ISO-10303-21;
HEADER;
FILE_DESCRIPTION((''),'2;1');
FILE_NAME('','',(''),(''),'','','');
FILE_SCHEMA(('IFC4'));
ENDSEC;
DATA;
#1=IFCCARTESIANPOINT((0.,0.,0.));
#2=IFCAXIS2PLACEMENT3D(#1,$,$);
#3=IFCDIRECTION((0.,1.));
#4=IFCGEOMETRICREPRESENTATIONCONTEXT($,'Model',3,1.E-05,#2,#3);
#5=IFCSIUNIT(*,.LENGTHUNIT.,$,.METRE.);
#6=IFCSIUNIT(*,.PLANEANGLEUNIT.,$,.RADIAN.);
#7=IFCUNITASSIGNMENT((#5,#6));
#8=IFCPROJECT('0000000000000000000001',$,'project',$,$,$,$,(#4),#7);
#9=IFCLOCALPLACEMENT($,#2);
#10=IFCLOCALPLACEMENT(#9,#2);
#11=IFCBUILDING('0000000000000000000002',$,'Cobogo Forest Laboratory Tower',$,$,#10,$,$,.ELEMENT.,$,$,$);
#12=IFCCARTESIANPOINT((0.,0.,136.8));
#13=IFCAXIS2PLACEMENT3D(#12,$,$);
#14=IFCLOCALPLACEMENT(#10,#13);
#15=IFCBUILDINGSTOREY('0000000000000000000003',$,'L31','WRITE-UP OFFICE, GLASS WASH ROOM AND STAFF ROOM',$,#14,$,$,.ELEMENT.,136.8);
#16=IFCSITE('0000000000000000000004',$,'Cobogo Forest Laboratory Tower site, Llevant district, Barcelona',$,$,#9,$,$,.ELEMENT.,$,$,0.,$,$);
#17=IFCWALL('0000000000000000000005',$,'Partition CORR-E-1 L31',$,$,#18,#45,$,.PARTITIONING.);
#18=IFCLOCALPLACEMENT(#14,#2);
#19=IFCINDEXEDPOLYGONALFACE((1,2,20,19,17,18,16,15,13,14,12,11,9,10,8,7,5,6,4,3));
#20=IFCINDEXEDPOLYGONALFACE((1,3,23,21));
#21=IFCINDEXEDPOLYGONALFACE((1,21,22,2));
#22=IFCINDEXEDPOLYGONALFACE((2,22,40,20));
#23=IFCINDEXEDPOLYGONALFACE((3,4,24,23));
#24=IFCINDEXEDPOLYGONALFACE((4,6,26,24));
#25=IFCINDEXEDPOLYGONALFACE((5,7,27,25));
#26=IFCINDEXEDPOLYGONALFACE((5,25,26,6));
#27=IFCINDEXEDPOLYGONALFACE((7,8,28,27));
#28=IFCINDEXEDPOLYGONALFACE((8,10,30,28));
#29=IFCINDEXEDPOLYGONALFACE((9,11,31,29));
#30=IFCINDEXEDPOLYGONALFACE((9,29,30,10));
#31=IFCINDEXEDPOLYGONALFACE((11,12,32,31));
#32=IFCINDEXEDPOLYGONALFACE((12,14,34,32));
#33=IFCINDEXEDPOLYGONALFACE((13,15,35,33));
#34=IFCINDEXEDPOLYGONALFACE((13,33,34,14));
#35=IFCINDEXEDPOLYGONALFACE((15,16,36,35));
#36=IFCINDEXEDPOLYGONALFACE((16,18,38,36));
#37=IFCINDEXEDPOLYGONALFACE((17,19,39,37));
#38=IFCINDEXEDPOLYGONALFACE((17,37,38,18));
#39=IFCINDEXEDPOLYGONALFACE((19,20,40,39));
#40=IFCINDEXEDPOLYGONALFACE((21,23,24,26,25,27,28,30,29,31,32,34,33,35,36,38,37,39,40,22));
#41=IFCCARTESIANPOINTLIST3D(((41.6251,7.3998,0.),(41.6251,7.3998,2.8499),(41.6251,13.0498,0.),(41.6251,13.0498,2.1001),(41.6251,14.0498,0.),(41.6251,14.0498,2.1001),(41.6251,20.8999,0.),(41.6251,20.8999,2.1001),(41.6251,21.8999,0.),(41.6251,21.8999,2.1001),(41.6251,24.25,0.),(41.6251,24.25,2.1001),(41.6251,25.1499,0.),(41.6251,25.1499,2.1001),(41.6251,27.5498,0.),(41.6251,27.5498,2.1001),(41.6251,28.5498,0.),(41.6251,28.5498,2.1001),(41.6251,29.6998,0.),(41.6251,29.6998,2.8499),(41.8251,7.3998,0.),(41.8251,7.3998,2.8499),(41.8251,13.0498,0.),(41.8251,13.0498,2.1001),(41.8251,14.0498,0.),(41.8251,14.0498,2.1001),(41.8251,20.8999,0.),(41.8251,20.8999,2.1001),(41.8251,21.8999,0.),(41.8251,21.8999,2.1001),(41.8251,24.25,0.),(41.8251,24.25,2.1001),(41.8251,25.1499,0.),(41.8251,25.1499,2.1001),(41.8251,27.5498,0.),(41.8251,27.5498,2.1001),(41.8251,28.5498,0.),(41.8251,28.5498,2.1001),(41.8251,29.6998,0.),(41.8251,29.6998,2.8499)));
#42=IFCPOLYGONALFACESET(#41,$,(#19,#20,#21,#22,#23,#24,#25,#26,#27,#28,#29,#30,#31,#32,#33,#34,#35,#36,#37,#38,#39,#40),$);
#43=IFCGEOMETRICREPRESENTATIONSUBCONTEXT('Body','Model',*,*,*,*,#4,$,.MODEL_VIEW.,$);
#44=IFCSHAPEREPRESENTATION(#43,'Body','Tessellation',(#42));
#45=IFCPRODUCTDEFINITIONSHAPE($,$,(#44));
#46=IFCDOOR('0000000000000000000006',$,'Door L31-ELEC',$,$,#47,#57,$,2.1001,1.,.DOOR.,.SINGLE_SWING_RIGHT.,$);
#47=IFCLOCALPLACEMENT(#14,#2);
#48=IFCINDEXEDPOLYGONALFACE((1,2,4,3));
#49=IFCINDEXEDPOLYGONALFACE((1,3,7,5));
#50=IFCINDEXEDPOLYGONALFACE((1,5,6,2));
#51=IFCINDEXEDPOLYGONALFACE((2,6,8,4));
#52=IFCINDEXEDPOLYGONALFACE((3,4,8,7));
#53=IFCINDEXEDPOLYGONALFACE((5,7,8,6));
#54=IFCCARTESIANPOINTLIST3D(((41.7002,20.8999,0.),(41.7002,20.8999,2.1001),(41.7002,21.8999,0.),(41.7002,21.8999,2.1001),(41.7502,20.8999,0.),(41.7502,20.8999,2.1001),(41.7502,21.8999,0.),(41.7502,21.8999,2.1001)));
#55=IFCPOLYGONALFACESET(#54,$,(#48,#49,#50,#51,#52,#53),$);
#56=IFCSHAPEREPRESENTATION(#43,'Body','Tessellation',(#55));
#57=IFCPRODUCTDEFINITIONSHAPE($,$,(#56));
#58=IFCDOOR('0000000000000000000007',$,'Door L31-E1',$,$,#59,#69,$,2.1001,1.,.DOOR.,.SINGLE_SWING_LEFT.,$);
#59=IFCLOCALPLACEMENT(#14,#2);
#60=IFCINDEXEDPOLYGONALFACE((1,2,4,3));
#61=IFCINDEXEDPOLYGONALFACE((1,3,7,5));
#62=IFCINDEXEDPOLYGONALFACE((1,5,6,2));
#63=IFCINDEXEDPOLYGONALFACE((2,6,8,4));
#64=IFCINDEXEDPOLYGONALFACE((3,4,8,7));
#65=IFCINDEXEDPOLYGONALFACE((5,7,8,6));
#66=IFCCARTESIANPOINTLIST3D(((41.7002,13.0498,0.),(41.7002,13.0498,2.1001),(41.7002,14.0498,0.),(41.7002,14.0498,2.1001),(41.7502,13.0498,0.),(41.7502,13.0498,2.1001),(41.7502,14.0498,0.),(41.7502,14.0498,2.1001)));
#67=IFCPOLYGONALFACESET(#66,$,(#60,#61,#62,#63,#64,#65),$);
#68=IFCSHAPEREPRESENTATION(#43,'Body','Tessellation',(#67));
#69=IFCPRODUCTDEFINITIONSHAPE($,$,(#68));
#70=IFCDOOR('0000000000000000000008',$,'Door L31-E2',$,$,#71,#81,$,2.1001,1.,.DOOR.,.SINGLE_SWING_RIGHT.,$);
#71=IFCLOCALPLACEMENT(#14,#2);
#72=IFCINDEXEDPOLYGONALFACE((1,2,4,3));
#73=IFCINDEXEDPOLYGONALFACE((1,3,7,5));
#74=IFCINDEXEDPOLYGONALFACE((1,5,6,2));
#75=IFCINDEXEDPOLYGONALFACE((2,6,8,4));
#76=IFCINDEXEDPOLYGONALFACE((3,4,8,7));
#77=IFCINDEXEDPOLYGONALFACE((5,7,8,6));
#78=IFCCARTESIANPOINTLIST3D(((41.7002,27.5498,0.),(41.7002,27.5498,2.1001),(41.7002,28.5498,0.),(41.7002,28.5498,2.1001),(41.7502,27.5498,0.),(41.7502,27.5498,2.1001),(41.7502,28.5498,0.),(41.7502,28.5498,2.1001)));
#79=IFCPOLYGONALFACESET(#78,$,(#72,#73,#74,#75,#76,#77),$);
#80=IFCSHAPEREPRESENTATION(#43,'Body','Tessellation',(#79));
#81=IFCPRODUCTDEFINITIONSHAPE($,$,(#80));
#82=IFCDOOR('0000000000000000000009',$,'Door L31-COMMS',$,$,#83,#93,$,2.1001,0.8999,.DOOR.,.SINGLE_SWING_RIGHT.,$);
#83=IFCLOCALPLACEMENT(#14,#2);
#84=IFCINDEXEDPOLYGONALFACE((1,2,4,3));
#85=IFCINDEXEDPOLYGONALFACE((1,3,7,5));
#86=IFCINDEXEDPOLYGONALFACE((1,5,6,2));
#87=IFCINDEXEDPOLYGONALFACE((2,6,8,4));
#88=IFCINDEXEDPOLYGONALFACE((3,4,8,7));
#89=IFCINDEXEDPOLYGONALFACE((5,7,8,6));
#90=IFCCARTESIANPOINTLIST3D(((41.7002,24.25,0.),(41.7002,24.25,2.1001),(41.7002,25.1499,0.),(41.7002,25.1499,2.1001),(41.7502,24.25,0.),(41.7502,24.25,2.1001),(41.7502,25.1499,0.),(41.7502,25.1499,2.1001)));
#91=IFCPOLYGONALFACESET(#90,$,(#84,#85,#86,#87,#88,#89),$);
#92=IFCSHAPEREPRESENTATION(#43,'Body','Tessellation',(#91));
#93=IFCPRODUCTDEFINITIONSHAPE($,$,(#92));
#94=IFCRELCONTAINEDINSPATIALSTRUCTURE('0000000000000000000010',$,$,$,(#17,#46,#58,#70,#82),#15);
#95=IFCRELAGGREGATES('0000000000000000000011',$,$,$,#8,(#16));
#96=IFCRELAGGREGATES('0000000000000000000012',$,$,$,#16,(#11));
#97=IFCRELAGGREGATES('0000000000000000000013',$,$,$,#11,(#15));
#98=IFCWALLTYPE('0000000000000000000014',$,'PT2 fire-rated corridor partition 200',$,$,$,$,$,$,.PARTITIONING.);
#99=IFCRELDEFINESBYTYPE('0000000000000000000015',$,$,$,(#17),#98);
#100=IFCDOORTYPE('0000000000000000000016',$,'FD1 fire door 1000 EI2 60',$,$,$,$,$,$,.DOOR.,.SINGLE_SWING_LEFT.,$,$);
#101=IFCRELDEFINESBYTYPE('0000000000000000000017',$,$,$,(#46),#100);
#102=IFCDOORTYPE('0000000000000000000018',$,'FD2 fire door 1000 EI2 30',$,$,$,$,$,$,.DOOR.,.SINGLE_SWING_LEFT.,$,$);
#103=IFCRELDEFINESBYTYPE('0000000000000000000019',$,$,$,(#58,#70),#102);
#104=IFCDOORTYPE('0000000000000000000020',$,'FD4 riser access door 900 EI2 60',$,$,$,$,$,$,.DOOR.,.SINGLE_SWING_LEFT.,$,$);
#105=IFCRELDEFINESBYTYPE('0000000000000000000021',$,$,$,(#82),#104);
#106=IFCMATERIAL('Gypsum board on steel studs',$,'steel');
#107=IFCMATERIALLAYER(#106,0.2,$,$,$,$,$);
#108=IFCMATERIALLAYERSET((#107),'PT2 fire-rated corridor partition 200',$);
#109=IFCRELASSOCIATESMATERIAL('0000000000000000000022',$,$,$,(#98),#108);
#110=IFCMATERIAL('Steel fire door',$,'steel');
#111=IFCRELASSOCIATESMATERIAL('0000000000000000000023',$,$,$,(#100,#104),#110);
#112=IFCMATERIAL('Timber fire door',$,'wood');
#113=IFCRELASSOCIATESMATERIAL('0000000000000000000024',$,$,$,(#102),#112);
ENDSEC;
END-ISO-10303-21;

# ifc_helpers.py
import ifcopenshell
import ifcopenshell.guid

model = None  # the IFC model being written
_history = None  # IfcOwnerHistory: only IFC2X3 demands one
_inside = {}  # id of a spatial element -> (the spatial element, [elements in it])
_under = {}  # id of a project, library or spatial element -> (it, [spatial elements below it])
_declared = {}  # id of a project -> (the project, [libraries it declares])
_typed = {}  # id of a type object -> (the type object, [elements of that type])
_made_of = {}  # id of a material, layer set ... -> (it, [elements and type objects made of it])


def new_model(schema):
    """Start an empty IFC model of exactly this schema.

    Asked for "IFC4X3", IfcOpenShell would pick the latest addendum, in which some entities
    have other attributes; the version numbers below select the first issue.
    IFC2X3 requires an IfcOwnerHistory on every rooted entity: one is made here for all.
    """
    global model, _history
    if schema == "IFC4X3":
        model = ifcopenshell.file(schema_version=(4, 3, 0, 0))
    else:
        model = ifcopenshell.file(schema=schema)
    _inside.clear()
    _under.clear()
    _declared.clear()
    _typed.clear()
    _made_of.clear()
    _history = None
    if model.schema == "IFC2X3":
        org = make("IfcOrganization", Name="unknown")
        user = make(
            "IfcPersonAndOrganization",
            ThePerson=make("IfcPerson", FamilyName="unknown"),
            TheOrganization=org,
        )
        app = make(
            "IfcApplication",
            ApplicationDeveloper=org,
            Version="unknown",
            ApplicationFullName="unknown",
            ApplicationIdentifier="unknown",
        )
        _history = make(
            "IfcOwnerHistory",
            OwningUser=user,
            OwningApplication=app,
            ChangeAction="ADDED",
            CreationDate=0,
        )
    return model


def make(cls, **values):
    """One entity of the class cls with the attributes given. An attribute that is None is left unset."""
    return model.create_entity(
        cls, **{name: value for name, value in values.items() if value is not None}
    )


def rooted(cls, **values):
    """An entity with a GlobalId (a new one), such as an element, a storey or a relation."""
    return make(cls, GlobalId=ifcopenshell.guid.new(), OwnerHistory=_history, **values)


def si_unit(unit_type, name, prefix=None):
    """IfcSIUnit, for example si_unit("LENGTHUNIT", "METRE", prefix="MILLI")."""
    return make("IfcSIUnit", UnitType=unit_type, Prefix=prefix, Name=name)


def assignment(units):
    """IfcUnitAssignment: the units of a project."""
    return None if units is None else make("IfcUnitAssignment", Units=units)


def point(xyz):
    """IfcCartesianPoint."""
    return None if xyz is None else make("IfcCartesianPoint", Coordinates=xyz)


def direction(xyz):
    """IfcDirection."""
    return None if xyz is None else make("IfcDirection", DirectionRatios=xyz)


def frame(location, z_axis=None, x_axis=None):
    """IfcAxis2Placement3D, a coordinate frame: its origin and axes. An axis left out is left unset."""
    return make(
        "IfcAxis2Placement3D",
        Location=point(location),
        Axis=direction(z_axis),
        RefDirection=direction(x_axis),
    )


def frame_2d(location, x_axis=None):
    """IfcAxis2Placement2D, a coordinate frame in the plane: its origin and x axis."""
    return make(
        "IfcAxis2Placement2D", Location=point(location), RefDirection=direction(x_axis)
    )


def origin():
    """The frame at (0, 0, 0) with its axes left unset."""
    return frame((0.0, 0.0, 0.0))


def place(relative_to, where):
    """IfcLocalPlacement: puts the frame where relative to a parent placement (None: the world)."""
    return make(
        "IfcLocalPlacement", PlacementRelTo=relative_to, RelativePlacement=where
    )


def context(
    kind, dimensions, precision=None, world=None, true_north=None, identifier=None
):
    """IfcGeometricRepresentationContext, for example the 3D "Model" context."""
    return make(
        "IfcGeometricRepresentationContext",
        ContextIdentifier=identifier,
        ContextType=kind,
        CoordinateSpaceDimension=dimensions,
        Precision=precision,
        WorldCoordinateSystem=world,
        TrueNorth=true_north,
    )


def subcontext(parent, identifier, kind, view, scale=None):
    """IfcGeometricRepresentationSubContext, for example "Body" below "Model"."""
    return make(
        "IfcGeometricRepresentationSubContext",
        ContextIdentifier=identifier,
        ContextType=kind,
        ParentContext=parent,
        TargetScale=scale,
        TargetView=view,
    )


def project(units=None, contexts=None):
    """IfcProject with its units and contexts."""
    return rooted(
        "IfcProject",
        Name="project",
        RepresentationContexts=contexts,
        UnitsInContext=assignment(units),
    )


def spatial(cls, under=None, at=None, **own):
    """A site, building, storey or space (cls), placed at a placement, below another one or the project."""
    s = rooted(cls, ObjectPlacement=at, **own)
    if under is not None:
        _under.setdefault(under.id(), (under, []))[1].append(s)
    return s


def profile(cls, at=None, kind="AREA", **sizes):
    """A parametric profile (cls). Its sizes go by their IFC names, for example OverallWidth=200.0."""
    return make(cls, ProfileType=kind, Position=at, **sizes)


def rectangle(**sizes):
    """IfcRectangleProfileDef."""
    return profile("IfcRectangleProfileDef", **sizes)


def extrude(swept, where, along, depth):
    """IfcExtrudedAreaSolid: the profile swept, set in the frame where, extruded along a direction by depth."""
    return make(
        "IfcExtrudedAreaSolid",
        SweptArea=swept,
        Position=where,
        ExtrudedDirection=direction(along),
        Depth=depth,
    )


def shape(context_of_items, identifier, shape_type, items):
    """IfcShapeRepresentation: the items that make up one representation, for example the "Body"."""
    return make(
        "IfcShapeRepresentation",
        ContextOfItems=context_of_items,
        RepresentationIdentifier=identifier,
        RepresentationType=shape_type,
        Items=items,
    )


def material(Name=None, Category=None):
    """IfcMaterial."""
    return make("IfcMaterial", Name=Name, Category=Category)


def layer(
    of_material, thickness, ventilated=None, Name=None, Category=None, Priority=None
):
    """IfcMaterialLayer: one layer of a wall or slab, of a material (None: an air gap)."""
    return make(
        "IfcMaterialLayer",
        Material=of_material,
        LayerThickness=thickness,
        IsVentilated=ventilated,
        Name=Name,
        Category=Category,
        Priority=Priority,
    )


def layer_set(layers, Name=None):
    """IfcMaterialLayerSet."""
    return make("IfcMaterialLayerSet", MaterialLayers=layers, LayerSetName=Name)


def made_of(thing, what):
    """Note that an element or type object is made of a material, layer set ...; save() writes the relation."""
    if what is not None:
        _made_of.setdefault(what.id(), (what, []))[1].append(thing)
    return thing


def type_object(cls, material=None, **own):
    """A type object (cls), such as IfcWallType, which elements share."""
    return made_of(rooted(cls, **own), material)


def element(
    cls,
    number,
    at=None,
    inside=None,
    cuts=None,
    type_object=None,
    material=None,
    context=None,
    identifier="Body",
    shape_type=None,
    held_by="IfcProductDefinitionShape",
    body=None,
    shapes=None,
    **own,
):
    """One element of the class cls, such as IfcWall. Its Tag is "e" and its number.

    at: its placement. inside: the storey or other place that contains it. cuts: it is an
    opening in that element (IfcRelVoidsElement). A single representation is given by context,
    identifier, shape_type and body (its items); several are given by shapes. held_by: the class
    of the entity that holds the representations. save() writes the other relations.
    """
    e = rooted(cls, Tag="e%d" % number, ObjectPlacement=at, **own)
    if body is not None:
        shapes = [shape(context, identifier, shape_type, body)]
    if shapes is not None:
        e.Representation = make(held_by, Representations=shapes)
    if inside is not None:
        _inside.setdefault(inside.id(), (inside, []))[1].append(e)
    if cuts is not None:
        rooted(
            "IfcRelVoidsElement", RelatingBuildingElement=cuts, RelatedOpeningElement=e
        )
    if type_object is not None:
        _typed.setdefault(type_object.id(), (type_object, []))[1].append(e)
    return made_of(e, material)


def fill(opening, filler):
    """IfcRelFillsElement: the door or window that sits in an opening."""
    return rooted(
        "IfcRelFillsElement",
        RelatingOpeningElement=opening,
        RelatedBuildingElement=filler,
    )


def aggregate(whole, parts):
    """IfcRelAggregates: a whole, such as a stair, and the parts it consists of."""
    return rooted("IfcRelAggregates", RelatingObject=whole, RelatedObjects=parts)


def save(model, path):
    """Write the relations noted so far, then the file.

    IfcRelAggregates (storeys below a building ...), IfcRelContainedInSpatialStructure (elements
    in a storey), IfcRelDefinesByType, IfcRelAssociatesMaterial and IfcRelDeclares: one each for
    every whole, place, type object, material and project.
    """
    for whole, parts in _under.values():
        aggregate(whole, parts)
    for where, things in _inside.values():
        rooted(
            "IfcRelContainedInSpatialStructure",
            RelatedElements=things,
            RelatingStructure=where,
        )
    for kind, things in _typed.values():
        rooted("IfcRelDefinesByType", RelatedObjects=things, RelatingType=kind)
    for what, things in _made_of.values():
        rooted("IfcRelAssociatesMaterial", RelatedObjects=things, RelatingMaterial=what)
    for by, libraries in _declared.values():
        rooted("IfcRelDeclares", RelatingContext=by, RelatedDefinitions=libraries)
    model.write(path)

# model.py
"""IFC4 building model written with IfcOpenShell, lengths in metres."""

from ifc_helpers import new_model, si_unit, direction, frame, frame_2d, origin, place, context, subcontext, project, spatial, rectangle, extrude, material, layer, layer_set, type_object, element, fill, save


model = new_model("IFC4")

# Units and contexts
model_context = context("Model", 3, precision=1e-05, world=origin(), true_north=direction((0.0, 1.0)))
body_context = subcontext(model_context, "Body", "Model", "MODEL_VIEW")
ifc_project = project(units=[si_unit("LENGTHUNIT", "METRE"), si_unit("PLANEANGLEUNIT", "RADIAN")], contexts=[model_context])

# Site, building, storey
site_placement = place(None, origin())
site = spatial("IfcSite", under=ifc_project, at=site_placement, Name="Cobogo Forest Laboratory Tower site, Llevant district, Barcelona", CompositionType="ELEMENT", RefElevation=0.0)
building_placement = place(site_placement, origin())
building = spatial("IfcBuilding", under=site, at=building_placement, Name="Cobogo Forest Laboratory Tower", CompositionType="ELEMENT")
storey_placement = place(building_placement, frame((0.0, 0.0, 136.8)))
storey = spatial("IfcBuildingStorey", under=building, at=storey_placement, Name="L31", Description="WRITE-UP OFFICE, GLASS WASH ROOM AND STAFF ROOM", CompositionType="ELEMENT", Elevation=136.8)

# Shared definitions
ifc_material_1 = material(Name="Gypsum board on steel studs", Category="steel")

# Wall, openings, doors
ifc_layer_1 = layer(ifc_material_1, 0.2)
ifc_layer_set_1 = layer_set([ifc_layer_1], Name="PT2 fire-rated corridor partition 200")
wall_type_1 = type_object("IfcWallType", Name="PT2 fire-rated corridor partition 200", PredefinedType="PARTITIONING", material=ifc_layer_set_1)
wall_1_placement = place(storey_placement, frame((41.7251, 7.3999, 0.0), z_axis=(0.0, 0.0, 1.0), x_axis=(0.0, 1.0, 0.0)))
wall_1 = element("IfcWall", 1, at=wall_1_placement, inside=storey, type_object=wall_type_1, Name="Partition CORR-E-1 L31", PredefinedType="PARTITIONING", context=body_context, shape_type="SweptSolid", body=[
    extrude(rectangle(XDim=22.3, YDim=0.2, at=frame_2d((11.1499, 0.0))), origin(), (0.0, 0.0, 1.0), 2.8499),
])
opening_1_placement = place(wall_1_placement, frame((5.6499, 0.0, 0.0)))
opening_1 = element("IfcOpeningElement", 2, at=opening_1_placement, cuts=wall_1, PredefinedType="OPENING", context=body_context, shape_type="SweptSolid", body=[
    extrude(rectangle(XDim=1.0, YDim=2.1001, at=frame_2d((0.5, 1.05))), frame((0.0, 0.1099, 0.0), z_axis=(0.0, -1.0, 0.0), x_axis=(1.0, 0.0, 0.0)), (0.0, 0.0, 1.0), 0.22),
])
opening_2_placement = place(wall_1_placement, frame((13.5, 0.0, 0.0)))
opening_2 = element("IfcOpeningElement", 3, at=opening_2_placement, cuts=wall_1, PredefinedType="OPENING", context=body_context, shape_type="SweptSolid", body=[
    extrude(rectangle(XDim=1.0, YDim=2.1001, at=frame_2d((0.5, 1.05))), frame((0.0, 0.1099, 0.0), z_axis=(0.0, -1.0, 0.0), x_axis=(1.0, 0.0, 0.0)), (0.0, 0.0, 1.0), 0.22),
])
opening_3_placement = place(wall_1_placement, frame((16.8501, 0.0, 0.0)))
opening_3 = element("IfcOpeningElement", 4, at=opening_3_placement, cuts=wall_1, PredefinedType="OPENING", context=body_context, shape_type="SweptSolid", body=[
    extrude(rectangle(XDim=0.8999, YDim=2.1001, at=frame_2d((0.45, 1.05))), frame((0.0, 0.1099, 0.0), z_axis=(0.0, -1.0, 0.0), x_axis=(1.0, 0.0, 0.0)), (0.0, 0.0, 1.0), 0.22),
])
opening_4_placement = place(wall_1_placement, frame((20.1499, 0.0, 0.0)))
opening_4 = element("IfcOpeningElement", 5, at=opening_4_placement, cuts=wall_1, PredefinedType="OPENING", context=body_context, shape_type="SweptSolid", body=[
    extrude(rectangle(XDim=1.0, YDim=2.1001, at=frame_2d((0.5, 1.05))), frame((0.0, 0.1099, 0.0), z_axis=(0.0, -1.0, 0.0), x_axis=(1.0, 0.0, 0.0)), (0.0, 0.0, 1.0), 0.22),
])
ifc_material_2 = material(Name="Steel fire door", Category="steel")
door_type_1 = type_object("IfcDoorType", Name="FD1 fire door 1000 EI2 60", OperationType="SINGLE_SWING_LEFT", PredefinedType="DOOR", material=ifc_material_2)
door_1_placement = place(opening_2_placement, origin())
door_1 = element("IfcDoor", 6, at=door_1_placement, inside=storey, type_object=door_type_1, Name="Door L31-ELEC", OperationType="SINGLE_SWING_RIGHT", OverallHeight=2.1001, OverallWidth=1.0, PredefinedType="DOOR", context=body_context, shape_type="SweptSolid", body=[
    extrude(rectangle(XDim=1.0, YDim=2.1001, at=frame_2d((0.5, 1.05))), frame((0.0, 0.0249, 0.0), z_axis=(0.0, -1.0, 0.0), x_axis=(1.0, 0.0, 0.0)), (0.0, 0.0, 1.0), 0.05),
])
fill(opening_2, door_1)
ifc_material_3 = material(Name="Timber fire door", Category="wood")
door_type_2 = type_object("IfcDoorType", Name="FD2 fire door 1000 EI2 30", OperationType="SINGLE_SWING_LEFT", PredefinedType="DOOR", material=ifc_material_3)
door_2_placement = place(opening_1_placement, origin())
door_2 = element("IfcDoor", 7, at=door_2_placement, inside=storey, type_object=door_type_2, Name="Door L31-E1", OperationType="SINGLE_SWING_LEFT", OverallHeight=2.1001, OverallWidth=1.0, PredefinedType="DOOR", context=body_context, shape_type="SweptSolid", body=[
    extrude(rectangle(XDim=1.0, YDim=2.1001, at=frame_2d((0.5, 1.05))), frame((0.0, 0.0249, 0.0), z_axis=(0.0, -1.0, 0.0), x_axis=(1.0, 0.0, 0.0)), (0.0, 0.0, 1.0), 0.05),
])
fill(opening_1, door_2)
door_3_placement = place(opening_4_placement, origin())
door_3 = element("IfcDoor", 8, at=door_3_placement, inside=storey, type_object=door_type_2, Name="Door L31-E2", OperationType="SINGLE_SWING_RIGHT", OverallHeight=2.1001, OverallWidth=1.0, PredefinedType="DOOR", context=body_context, shape_type="SweptSolid", body=[
    extrude(rectangle(XDim=1.0, YDim=2.1001, at=frame_2d((0.5, 1.05))), frame((0.0, 0.0249, 0.0), z_axis=(0.0, -1.0, 0.0), x_axis=(1.0, 0.0, 0.0)), (0.0, 0.0, 1.0), 0.05),
])
fill(opening_4, door_3)
door_type_3 = type_object("IfcDoorType", Name="FD4 riser access door 900 EI2 60", OperationType="SINGLE_SWING_LEFT", PredefinedType="DOOR", material=ifc_material_2)
door_4_placement = place(opening_3_placement, origin())
door_4 = element("IfcDoor", 9, at=door_4_placement, inside=storey, type_object=door_type_3, Name="Door L31-COMMS", OperationType="SINGLE_SWING_RIGHT", OverallHeight=2.1001, OverallWidth=0.8999, PredefinedType="DOOR", context=body_context, shape_type="SweptSolid", body=[
    extrude(rectangle(XDim=0.8999, YDim=2.1001, at=frame_2d((0.45, 1.05))), frame((0.0, 0.0249, 0.0), z_axis=(0.0, -1.0, 0.0), x_axis=(1.0, 0.0, 0.0)), (0.0, 0.0, 1.0), 0.05),
])
fill(opening_3, door_4)

save(model, "model.ifc")
